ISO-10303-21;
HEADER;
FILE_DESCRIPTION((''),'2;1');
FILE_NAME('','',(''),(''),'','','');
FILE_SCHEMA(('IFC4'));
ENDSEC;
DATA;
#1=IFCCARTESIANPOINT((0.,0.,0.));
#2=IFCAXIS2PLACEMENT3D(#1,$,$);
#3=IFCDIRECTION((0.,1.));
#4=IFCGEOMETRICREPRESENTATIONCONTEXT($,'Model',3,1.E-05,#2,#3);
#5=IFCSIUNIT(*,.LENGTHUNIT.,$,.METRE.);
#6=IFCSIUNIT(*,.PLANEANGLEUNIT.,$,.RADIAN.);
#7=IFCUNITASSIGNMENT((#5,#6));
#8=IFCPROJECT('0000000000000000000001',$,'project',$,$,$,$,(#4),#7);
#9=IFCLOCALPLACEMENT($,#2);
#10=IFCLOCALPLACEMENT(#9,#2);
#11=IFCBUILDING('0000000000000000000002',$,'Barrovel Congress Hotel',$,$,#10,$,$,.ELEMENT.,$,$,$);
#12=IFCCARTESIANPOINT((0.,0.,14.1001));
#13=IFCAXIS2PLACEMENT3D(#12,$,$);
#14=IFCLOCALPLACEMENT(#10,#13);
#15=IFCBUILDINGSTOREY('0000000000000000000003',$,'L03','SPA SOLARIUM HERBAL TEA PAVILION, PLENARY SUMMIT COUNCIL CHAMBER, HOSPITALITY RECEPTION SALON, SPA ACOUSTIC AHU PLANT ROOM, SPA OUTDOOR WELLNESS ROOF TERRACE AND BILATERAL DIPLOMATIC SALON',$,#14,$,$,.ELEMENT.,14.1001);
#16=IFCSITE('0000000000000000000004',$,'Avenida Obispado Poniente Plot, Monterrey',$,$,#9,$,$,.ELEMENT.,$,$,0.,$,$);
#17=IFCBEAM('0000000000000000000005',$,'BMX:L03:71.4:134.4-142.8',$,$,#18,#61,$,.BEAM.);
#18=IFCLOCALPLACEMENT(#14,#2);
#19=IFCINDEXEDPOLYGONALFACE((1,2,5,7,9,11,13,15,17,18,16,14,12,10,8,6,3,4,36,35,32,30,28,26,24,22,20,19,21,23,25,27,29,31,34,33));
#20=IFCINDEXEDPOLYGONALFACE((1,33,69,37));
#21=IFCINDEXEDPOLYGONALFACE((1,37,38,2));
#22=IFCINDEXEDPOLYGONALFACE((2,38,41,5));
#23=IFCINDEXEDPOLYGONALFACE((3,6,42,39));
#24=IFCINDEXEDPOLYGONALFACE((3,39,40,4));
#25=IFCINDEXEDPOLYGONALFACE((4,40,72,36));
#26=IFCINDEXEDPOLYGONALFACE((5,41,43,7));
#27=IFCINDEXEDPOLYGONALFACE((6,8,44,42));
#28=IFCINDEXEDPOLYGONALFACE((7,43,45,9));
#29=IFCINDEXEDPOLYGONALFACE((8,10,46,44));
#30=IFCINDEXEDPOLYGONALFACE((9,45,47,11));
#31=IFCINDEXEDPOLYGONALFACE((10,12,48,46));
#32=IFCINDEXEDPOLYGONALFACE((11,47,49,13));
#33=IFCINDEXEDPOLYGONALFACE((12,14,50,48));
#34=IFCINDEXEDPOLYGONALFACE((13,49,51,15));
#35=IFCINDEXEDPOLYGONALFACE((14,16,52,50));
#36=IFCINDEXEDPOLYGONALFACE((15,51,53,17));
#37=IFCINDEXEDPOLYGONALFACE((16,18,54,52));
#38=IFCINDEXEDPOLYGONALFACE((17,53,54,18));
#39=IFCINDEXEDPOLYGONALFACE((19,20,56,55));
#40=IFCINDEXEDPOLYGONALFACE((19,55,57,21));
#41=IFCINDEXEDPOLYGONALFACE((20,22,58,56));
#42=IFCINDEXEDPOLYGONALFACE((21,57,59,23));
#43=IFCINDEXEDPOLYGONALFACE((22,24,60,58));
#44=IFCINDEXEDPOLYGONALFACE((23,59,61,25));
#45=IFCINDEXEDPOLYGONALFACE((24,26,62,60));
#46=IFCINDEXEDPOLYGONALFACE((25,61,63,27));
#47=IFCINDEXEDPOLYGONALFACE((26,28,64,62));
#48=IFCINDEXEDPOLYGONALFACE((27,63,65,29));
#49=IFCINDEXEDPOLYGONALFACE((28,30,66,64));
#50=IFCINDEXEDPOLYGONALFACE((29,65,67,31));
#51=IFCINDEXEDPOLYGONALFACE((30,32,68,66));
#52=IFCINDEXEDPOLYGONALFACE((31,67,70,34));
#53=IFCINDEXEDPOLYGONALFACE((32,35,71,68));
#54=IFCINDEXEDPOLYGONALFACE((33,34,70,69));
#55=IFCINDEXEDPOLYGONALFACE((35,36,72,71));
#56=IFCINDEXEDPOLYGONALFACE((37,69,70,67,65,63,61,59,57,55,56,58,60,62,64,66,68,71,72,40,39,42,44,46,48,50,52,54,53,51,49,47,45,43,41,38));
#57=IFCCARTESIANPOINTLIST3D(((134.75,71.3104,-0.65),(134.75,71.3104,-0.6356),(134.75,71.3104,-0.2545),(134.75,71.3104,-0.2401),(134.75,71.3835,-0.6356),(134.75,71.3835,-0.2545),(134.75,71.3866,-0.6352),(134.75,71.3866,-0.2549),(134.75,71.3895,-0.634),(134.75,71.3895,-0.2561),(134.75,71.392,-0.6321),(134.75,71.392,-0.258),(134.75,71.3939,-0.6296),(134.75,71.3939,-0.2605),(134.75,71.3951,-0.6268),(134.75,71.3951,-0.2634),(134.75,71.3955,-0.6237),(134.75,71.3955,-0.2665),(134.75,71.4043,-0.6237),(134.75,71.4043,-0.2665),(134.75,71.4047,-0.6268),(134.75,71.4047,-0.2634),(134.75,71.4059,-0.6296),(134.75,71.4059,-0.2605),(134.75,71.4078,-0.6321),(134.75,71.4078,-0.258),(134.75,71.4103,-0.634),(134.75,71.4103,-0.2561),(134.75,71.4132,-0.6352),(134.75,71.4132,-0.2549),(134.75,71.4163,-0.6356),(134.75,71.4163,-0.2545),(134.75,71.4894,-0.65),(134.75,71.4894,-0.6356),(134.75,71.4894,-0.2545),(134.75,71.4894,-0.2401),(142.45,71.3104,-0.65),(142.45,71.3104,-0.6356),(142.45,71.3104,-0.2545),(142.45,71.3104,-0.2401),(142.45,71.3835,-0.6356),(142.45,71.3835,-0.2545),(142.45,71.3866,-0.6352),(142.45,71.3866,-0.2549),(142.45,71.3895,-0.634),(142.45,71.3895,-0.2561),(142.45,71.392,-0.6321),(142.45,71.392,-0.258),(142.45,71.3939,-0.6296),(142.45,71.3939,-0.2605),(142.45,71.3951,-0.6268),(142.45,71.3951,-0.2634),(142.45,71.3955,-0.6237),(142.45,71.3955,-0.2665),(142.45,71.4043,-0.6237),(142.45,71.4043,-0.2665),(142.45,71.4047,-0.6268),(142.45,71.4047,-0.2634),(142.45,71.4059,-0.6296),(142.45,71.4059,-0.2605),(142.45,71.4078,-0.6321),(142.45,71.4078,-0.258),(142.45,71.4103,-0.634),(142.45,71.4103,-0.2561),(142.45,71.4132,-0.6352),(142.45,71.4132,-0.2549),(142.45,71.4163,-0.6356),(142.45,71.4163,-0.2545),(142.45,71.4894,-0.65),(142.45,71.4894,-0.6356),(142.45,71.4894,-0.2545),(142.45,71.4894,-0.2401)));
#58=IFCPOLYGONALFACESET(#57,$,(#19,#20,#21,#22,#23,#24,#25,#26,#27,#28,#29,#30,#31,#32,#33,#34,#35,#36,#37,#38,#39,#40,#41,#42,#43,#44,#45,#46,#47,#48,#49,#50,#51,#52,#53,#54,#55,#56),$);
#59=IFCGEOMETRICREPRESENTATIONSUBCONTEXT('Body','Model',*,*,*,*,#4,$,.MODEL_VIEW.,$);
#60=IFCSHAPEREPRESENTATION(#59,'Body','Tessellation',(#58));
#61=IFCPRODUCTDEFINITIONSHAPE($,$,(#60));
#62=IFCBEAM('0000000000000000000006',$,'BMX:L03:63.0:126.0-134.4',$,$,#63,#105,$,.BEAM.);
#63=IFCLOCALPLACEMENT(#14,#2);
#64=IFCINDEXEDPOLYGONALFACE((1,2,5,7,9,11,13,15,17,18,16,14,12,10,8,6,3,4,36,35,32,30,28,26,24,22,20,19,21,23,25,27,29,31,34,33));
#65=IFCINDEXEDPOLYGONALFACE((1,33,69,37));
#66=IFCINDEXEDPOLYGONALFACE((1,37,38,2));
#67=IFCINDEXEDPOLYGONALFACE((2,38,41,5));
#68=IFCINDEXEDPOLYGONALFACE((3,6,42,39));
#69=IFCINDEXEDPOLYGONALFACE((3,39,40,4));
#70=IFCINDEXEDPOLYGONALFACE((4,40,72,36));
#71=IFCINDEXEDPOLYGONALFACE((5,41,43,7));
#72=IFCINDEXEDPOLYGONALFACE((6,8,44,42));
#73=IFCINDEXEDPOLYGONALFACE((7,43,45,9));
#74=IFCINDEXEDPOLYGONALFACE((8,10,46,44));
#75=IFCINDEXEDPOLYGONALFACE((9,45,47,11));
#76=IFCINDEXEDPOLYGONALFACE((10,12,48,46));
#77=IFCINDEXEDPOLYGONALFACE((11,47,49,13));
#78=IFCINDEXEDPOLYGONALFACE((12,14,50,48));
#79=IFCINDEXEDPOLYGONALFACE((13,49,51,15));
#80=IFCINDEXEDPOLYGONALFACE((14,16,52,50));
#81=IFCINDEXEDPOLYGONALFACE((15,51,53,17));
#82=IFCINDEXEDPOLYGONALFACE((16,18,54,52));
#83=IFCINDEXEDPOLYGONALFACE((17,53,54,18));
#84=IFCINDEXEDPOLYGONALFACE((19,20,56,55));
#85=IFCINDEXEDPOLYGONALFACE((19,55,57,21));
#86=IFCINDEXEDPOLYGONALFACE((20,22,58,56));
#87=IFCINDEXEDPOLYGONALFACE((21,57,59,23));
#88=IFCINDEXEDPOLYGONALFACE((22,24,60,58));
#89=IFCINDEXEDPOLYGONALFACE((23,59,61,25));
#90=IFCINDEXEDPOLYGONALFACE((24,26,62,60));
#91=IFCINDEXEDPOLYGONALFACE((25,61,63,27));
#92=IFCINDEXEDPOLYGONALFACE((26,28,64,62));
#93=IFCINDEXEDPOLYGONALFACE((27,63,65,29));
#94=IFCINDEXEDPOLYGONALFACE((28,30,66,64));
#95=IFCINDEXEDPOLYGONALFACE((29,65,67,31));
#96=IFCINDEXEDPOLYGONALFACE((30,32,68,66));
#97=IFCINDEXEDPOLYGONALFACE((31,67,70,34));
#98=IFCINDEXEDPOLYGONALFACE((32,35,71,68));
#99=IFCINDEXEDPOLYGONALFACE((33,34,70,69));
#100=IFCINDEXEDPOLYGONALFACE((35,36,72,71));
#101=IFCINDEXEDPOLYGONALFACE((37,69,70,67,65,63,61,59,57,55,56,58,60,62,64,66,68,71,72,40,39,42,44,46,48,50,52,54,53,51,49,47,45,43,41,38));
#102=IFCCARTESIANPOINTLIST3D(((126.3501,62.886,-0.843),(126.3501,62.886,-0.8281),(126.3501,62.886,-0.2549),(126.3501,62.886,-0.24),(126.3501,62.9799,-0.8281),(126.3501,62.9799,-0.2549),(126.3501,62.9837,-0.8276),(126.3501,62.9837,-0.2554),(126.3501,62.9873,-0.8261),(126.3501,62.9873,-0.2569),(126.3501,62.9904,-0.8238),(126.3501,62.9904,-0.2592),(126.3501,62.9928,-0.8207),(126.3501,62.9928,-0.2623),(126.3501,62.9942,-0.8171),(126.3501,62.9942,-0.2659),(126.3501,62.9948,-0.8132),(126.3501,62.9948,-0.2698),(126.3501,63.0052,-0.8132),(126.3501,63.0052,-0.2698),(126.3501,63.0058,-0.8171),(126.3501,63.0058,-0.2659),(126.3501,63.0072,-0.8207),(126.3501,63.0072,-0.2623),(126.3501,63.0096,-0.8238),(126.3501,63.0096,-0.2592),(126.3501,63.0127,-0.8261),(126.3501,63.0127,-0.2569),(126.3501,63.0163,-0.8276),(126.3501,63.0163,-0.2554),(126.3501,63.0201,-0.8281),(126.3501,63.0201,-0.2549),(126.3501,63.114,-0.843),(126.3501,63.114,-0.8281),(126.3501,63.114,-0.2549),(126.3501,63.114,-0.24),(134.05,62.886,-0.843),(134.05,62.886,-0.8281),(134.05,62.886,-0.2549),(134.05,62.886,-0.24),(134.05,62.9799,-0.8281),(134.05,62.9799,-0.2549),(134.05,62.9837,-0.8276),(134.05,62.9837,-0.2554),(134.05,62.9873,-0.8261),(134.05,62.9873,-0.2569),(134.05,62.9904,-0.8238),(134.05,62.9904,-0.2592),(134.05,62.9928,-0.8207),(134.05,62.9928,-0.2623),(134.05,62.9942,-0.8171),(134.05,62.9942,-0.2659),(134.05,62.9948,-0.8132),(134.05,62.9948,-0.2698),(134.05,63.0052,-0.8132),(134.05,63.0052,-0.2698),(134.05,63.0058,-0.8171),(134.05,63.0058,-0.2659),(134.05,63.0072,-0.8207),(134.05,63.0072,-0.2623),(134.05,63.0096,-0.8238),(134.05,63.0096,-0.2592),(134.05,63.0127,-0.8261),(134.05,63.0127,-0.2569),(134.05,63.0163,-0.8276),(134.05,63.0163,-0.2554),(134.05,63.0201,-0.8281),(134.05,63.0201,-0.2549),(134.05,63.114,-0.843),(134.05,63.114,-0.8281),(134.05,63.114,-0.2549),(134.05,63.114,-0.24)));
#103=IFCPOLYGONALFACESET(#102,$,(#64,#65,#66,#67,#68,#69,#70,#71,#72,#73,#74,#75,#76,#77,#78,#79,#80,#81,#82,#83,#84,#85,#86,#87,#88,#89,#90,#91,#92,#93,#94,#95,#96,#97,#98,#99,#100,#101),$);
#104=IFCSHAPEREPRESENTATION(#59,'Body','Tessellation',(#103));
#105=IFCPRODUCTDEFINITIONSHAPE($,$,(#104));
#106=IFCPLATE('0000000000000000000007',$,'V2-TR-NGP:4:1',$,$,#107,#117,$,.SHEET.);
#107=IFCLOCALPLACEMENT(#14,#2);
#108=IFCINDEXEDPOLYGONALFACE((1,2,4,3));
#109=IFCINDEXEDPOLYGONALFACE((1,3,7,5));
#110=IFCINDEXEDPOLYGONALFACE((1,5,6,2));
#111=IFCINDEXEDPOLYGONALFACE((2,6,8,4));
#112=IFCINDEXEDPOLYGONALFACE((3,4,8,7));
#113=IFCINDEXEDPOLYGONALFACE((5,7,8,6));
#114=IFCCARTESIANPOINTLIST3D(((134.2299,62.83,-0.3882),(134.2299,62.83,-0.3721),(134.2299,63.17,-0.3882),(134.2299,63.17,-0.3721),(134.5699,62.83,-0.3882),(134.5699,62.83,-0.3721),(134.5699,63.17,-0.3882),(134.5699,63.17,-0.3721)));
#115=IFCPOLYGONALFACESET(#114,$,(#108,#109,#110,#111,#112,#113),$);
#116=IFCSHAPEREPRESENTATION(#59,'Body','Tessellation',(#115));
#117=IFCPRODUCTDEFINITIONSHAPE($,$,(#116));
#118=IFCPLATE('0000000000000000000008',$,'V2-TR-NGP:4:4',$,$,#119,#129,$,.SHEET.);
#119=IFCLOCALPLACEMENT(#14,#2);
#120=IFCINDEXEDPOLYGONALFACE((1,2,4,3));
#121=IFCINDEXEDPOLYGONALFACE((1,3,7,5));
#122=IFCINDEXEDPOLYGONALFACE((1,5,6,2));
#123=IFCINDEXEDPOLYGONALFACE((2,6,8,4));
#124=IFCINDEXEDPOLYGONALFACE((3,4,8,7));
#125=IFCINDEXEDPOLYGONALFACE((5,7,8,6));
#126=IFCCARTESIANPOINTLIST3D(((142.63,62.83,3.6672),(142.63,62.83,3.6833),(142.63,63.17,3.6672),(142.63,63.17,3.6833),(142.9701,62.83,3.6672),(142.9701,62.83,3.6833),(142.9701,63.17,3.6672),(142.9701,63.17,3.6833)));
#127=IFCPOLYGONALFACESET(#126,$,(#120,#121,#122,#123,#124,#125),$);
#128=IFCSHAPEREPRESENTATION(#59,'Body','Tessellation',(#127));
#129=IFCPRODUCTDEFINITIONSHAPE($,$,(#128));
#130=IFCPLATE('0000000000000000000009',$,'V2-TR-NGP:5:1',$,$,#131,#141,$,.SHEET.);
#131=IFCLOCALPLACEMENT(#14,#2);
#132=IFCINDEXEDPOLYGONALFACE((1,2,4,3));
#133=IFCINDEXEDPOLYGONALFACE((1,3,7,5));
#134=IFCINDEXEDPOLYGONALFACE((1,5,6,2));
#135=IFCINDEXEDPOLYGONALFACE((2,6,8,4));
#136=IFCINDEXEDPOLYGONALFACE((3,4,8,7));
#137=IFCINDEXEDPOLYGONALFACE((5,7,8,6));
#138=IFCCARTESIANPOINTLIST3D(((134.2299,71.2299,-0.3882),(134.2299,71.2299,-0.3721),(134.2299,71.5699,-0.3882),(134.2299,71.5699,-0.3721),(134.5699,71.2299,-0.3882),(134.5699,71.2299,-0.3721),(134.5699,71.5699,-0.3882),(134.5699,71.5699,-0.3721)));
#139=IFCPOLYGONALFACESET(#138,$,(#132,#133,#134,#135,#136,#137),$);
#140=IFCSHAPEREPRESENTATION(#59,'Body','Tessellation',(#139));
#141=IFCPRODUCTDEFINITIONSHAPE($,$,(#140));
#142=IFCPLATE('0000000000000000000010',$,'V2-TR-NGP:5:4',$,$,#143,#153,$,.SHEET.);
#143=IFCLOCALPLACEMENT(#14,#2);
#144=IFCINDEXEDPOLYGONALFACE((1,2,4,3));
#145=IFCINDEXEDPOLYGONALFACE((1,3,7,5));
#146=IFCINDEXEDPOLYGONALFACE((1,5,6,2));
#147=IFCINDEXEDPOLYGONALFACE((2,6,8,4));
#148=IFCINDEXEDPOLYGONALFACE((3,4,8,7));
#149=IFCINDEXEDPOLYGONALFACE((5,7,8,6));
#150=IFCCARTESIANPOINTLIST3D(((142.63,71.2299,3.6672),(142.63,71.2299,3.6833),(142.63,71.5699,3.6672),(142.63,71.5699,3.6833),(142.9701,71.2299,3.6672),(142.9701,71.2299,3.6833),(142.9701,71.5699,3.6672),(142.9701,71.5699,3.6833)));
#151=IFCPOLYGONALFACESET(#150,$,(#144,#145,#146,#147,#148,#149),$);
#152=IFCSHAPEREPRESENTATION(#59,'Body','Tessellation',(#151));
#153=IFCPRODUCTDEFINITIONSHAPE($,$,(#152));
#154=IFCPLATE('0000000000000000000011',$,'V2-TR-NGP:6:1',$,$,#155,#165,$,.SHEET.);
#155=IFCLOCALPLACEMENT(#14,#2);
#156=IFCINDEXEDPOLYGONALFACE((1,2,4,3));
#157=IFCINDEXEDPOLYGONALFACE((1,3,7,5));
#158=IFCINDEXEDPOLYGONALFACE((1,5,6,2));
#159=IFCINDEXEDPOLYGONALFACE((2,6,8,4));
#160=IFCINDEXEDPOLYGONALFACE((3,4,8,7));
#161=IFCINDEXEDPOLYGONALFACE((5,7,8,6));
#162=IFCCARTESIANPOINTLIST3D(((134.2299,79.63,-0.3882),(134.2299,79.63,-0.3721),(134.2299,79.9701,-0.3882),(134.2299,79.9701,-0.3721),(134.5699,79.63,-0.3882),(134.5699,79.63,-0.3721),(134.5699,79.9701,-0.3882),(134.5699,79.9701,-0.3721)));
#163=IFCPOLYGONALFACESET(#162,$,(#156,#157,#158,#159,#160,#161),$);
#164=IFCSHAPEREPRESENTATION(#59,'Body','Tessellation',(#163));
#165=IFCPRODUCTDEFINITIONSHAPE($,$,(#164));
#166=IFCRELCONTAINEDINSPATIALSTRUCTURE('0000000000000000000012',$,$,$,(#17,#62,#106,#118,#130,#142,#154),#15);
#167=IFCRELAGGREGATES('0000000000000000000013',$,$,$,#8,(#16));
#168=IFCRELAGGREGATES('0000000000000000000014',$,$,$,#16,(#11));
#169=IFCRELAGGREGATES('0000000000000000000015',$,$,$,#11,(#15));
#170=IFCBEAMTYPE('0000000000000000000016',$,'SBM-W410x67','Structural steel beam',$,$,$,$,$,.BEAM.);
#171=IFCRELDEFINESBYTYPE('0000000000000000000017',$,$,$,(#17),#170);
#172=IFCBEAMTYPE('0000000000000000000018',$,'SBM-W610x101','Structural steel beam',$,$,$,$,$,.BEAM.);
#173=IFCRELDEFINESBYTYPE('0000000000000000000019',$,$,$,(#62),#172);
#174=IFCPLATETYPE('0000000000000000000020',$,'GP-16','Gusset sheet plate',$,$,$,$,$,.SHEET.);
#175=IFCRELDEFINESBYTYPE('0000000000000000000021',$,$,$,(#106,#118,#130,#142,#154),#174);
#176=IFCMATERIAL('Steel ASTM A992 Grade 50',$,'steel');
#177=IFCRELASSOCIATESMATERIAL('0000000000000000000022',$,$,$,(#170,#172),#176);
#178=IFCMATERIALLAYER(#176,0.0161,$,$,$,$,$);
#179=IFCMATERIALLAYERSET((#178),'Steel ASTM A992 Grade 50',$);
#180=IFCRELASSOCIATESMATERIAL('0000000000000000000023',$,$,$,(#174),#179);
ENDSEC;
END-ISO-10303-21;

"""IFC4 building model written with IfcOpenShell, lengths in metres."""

from ifc_helpers import new_model, si_unit, direction, frame, origin, origin_2d, place, context, subcontext, project, spatial, rectangle, i_section, extrude, material, layer, layer_set, material_profile, profile_set, type_object, element, save


model = new_model("IFC4")

# Units and contexts
model_context = context("Model", 3, precision=1e-05, world=origin(), true_north=direction((0.0, 1.0)))
body_context = subcontext(model_context, "Body", "Model", "MODEL_VIEW")
ifc_project = project(units=[si_unit("LENGTHUNIT", "METRE"), si_unit("PLANEANGLEUNIT", "RADIAN")], contexts=[model_context])

# Site, building, storey
site_placement = place(None, origin())
site = spatial("IfcSite", under=ifc_project, at=site_placement, Name="Avenida Obispado Poniente Plot, Monterrey", CompositionType="ELEMENT", RefElevation=0.0)
building_placement = place(site_placement, origin())
building = spatial("IfcBuilding", under=site, at=building_placement, Name="Barrovel Congress Hotel", CompositionType="ELEMENT")
storey_placement = place(building_placement, frame((0.0, 0.0, 14.1001)))
storey = spatial("IfcBuildingStorey", under=building, at=storey_placement, Name="L03", Description="SPA SOLARIUM HERBAL TEA PAVILION, PLENARY SUMMIT COUNCIL CHAMBER, HOSPITALITY RECEPTION SALON, SPA ACOUSTIC AHU PLANT ROOM, SPA OUTDOOR WELLNESS ROOF TERRACE AND BILATERAL DIPLOMATIC SALON", CompositionType="ELEMENT", Elevation=14.1001)

# Shared definitions
ifc_material_1 = material(Name="Steel ASTM A992 Grade 50", Category="steel")

# Beams
ifc_material_profile_1 = material_profile(ifc_material_1, i_section(OverallWidth=0.179, OverallDepth=0.4099, WebThickness=0.0088, FlangeThickness=0.0144, FilletRadius=0.012, at=origin_2d()), Name="W410x67")
ifc_profile_set_1 = profile_set([ifc_material_profile_1], Name="Steel ASTM A992 Grade 50")
beam_type_1 = type_object("IfcBeamType", Name="SBM-W410x67", Description="Structural steel beam", PredefinedType="BEAM", material=ifc_profile_set_1)
beam_1_placement = place(storey_placement, frame((134.75, 71.3999, -0.4451), z_axis=(1.0, 0.0, 0.0), x_axis=(0.0, 1.0, 0.0)))
element("IfcBeam", 1, at=beam_1_placement, inside=storey, type_object=beam_type_1, Name="BMX:L03:71.4:134.4-142.8", PredefinedType="BEAM", context=body_context, shape_type="SweptSolid", body=[
    extrude(i_section(OverallWidth=0.179, OverallDepth=0.4099, WebThickness=0.0088, FlangeThickness=0.0144, FilletRadius=0.012, at=origin_2d()), origin(), (0.0, 0.0, 1.0), 7.7),
])
ifc_material_profile_2 = material_profile(ifc_material_1, i_section(OverallWidth=0.228, OverallDepth=0.603, WebThickness=0.0105, FlangeThickness=0.0149, FilletRadius=0.0149, at=origin_2d()), Name="W610x101")
ifc_profile_set_2 = profile_set([ifc_material_profile_2], Name="Steel ASTM A992 Grade 50")
beam_type_2 = type_object("IfcBeamType", Name="SBM-W610x101", Description="Structural steel beam", PredefinedType="BEAM", material=ifc_profile_set_2)
beam_2_placement = place(storey_placement, frame((126.3501, 63.0, -0.5415), z_axis=(1.0, 0.0, 0.0), x_axis=(0.0, 1.0, 0.0)))
element("IfcBeam", 2, at=beam_2_placement, inside=storey, type_object=beam_type_2, Name="BMX:L03:63.0:126.0-134.4", PredefinedType="BEAM", context=body_context, shape_type="SweptSolid", body=[
    extrude(i_section(OverallWidth=0.228, OverallDepth=0.603, WebThickness=0.0105, FlangeThickness=0.0149, FilletRadius=0.0149, at=origin_2d()), origin(), (0.0, 0.0, 1.0), 7.7),
])

# Plates
ifc_layer = layer(ifc_material_1, 0.0161)
ifc_layer_set = layer_set([ifc_layer], Name="Steel ASTM A992 Grade 50")
plate_type = type_object("IfcPlateType", Name="GP-16", Description="Gusset sheet plate", PredefinedType="SHEET", material=ifc_layer_set)
for number, where, z_axis, x_axis, name in (
    (3, (134.3999, 63.0, -0.3882), (0.0, 0.0, 1.0), (1.0, 0.0, 0.0), "V2-TR-NGP:4:1"),
    (4, (142.8, 63.0, 3.6672), (0.0, 0.0, 1.0), (1.0, 0.0, 0.0), "V2-TR-NGP:4:4"),
    (5, (134.3999, 71.3999, -0.3882), (0.0, 0.0, 1.0), (1.0, 0.0, 0.0), "V2-TR-NGP:5:1"),
    (6, (142.8, 71.3999, 3.6672), (0.0, 0.0, 1.0), (1.0, 0.0, 0.0), "V2-TR-NGP:5:4"),
    (7, (134.3999, 79.8, -0.3882), (0.0, 0.0, 1.0), (1.0, 0.0, 0.0), "V2-TR-NGP:6:1"),
):
    element("IfcPlate", number, at=place(storey_placement, frame(where, z_axis=z_axis, x_axis=x_axis)), inside=storey, type_object=plate_type, Name=name, PredefinedType="SHEET", context=body_context, shape_type="SweptSolid", body=[
        extrude(rectangle(XDim=0.3401, YDim=0.3401, at=origin_2d()), origin(), (0.0, 0.0, 1.0), 0.0161),
    ])

save(model, "model.ifc")
